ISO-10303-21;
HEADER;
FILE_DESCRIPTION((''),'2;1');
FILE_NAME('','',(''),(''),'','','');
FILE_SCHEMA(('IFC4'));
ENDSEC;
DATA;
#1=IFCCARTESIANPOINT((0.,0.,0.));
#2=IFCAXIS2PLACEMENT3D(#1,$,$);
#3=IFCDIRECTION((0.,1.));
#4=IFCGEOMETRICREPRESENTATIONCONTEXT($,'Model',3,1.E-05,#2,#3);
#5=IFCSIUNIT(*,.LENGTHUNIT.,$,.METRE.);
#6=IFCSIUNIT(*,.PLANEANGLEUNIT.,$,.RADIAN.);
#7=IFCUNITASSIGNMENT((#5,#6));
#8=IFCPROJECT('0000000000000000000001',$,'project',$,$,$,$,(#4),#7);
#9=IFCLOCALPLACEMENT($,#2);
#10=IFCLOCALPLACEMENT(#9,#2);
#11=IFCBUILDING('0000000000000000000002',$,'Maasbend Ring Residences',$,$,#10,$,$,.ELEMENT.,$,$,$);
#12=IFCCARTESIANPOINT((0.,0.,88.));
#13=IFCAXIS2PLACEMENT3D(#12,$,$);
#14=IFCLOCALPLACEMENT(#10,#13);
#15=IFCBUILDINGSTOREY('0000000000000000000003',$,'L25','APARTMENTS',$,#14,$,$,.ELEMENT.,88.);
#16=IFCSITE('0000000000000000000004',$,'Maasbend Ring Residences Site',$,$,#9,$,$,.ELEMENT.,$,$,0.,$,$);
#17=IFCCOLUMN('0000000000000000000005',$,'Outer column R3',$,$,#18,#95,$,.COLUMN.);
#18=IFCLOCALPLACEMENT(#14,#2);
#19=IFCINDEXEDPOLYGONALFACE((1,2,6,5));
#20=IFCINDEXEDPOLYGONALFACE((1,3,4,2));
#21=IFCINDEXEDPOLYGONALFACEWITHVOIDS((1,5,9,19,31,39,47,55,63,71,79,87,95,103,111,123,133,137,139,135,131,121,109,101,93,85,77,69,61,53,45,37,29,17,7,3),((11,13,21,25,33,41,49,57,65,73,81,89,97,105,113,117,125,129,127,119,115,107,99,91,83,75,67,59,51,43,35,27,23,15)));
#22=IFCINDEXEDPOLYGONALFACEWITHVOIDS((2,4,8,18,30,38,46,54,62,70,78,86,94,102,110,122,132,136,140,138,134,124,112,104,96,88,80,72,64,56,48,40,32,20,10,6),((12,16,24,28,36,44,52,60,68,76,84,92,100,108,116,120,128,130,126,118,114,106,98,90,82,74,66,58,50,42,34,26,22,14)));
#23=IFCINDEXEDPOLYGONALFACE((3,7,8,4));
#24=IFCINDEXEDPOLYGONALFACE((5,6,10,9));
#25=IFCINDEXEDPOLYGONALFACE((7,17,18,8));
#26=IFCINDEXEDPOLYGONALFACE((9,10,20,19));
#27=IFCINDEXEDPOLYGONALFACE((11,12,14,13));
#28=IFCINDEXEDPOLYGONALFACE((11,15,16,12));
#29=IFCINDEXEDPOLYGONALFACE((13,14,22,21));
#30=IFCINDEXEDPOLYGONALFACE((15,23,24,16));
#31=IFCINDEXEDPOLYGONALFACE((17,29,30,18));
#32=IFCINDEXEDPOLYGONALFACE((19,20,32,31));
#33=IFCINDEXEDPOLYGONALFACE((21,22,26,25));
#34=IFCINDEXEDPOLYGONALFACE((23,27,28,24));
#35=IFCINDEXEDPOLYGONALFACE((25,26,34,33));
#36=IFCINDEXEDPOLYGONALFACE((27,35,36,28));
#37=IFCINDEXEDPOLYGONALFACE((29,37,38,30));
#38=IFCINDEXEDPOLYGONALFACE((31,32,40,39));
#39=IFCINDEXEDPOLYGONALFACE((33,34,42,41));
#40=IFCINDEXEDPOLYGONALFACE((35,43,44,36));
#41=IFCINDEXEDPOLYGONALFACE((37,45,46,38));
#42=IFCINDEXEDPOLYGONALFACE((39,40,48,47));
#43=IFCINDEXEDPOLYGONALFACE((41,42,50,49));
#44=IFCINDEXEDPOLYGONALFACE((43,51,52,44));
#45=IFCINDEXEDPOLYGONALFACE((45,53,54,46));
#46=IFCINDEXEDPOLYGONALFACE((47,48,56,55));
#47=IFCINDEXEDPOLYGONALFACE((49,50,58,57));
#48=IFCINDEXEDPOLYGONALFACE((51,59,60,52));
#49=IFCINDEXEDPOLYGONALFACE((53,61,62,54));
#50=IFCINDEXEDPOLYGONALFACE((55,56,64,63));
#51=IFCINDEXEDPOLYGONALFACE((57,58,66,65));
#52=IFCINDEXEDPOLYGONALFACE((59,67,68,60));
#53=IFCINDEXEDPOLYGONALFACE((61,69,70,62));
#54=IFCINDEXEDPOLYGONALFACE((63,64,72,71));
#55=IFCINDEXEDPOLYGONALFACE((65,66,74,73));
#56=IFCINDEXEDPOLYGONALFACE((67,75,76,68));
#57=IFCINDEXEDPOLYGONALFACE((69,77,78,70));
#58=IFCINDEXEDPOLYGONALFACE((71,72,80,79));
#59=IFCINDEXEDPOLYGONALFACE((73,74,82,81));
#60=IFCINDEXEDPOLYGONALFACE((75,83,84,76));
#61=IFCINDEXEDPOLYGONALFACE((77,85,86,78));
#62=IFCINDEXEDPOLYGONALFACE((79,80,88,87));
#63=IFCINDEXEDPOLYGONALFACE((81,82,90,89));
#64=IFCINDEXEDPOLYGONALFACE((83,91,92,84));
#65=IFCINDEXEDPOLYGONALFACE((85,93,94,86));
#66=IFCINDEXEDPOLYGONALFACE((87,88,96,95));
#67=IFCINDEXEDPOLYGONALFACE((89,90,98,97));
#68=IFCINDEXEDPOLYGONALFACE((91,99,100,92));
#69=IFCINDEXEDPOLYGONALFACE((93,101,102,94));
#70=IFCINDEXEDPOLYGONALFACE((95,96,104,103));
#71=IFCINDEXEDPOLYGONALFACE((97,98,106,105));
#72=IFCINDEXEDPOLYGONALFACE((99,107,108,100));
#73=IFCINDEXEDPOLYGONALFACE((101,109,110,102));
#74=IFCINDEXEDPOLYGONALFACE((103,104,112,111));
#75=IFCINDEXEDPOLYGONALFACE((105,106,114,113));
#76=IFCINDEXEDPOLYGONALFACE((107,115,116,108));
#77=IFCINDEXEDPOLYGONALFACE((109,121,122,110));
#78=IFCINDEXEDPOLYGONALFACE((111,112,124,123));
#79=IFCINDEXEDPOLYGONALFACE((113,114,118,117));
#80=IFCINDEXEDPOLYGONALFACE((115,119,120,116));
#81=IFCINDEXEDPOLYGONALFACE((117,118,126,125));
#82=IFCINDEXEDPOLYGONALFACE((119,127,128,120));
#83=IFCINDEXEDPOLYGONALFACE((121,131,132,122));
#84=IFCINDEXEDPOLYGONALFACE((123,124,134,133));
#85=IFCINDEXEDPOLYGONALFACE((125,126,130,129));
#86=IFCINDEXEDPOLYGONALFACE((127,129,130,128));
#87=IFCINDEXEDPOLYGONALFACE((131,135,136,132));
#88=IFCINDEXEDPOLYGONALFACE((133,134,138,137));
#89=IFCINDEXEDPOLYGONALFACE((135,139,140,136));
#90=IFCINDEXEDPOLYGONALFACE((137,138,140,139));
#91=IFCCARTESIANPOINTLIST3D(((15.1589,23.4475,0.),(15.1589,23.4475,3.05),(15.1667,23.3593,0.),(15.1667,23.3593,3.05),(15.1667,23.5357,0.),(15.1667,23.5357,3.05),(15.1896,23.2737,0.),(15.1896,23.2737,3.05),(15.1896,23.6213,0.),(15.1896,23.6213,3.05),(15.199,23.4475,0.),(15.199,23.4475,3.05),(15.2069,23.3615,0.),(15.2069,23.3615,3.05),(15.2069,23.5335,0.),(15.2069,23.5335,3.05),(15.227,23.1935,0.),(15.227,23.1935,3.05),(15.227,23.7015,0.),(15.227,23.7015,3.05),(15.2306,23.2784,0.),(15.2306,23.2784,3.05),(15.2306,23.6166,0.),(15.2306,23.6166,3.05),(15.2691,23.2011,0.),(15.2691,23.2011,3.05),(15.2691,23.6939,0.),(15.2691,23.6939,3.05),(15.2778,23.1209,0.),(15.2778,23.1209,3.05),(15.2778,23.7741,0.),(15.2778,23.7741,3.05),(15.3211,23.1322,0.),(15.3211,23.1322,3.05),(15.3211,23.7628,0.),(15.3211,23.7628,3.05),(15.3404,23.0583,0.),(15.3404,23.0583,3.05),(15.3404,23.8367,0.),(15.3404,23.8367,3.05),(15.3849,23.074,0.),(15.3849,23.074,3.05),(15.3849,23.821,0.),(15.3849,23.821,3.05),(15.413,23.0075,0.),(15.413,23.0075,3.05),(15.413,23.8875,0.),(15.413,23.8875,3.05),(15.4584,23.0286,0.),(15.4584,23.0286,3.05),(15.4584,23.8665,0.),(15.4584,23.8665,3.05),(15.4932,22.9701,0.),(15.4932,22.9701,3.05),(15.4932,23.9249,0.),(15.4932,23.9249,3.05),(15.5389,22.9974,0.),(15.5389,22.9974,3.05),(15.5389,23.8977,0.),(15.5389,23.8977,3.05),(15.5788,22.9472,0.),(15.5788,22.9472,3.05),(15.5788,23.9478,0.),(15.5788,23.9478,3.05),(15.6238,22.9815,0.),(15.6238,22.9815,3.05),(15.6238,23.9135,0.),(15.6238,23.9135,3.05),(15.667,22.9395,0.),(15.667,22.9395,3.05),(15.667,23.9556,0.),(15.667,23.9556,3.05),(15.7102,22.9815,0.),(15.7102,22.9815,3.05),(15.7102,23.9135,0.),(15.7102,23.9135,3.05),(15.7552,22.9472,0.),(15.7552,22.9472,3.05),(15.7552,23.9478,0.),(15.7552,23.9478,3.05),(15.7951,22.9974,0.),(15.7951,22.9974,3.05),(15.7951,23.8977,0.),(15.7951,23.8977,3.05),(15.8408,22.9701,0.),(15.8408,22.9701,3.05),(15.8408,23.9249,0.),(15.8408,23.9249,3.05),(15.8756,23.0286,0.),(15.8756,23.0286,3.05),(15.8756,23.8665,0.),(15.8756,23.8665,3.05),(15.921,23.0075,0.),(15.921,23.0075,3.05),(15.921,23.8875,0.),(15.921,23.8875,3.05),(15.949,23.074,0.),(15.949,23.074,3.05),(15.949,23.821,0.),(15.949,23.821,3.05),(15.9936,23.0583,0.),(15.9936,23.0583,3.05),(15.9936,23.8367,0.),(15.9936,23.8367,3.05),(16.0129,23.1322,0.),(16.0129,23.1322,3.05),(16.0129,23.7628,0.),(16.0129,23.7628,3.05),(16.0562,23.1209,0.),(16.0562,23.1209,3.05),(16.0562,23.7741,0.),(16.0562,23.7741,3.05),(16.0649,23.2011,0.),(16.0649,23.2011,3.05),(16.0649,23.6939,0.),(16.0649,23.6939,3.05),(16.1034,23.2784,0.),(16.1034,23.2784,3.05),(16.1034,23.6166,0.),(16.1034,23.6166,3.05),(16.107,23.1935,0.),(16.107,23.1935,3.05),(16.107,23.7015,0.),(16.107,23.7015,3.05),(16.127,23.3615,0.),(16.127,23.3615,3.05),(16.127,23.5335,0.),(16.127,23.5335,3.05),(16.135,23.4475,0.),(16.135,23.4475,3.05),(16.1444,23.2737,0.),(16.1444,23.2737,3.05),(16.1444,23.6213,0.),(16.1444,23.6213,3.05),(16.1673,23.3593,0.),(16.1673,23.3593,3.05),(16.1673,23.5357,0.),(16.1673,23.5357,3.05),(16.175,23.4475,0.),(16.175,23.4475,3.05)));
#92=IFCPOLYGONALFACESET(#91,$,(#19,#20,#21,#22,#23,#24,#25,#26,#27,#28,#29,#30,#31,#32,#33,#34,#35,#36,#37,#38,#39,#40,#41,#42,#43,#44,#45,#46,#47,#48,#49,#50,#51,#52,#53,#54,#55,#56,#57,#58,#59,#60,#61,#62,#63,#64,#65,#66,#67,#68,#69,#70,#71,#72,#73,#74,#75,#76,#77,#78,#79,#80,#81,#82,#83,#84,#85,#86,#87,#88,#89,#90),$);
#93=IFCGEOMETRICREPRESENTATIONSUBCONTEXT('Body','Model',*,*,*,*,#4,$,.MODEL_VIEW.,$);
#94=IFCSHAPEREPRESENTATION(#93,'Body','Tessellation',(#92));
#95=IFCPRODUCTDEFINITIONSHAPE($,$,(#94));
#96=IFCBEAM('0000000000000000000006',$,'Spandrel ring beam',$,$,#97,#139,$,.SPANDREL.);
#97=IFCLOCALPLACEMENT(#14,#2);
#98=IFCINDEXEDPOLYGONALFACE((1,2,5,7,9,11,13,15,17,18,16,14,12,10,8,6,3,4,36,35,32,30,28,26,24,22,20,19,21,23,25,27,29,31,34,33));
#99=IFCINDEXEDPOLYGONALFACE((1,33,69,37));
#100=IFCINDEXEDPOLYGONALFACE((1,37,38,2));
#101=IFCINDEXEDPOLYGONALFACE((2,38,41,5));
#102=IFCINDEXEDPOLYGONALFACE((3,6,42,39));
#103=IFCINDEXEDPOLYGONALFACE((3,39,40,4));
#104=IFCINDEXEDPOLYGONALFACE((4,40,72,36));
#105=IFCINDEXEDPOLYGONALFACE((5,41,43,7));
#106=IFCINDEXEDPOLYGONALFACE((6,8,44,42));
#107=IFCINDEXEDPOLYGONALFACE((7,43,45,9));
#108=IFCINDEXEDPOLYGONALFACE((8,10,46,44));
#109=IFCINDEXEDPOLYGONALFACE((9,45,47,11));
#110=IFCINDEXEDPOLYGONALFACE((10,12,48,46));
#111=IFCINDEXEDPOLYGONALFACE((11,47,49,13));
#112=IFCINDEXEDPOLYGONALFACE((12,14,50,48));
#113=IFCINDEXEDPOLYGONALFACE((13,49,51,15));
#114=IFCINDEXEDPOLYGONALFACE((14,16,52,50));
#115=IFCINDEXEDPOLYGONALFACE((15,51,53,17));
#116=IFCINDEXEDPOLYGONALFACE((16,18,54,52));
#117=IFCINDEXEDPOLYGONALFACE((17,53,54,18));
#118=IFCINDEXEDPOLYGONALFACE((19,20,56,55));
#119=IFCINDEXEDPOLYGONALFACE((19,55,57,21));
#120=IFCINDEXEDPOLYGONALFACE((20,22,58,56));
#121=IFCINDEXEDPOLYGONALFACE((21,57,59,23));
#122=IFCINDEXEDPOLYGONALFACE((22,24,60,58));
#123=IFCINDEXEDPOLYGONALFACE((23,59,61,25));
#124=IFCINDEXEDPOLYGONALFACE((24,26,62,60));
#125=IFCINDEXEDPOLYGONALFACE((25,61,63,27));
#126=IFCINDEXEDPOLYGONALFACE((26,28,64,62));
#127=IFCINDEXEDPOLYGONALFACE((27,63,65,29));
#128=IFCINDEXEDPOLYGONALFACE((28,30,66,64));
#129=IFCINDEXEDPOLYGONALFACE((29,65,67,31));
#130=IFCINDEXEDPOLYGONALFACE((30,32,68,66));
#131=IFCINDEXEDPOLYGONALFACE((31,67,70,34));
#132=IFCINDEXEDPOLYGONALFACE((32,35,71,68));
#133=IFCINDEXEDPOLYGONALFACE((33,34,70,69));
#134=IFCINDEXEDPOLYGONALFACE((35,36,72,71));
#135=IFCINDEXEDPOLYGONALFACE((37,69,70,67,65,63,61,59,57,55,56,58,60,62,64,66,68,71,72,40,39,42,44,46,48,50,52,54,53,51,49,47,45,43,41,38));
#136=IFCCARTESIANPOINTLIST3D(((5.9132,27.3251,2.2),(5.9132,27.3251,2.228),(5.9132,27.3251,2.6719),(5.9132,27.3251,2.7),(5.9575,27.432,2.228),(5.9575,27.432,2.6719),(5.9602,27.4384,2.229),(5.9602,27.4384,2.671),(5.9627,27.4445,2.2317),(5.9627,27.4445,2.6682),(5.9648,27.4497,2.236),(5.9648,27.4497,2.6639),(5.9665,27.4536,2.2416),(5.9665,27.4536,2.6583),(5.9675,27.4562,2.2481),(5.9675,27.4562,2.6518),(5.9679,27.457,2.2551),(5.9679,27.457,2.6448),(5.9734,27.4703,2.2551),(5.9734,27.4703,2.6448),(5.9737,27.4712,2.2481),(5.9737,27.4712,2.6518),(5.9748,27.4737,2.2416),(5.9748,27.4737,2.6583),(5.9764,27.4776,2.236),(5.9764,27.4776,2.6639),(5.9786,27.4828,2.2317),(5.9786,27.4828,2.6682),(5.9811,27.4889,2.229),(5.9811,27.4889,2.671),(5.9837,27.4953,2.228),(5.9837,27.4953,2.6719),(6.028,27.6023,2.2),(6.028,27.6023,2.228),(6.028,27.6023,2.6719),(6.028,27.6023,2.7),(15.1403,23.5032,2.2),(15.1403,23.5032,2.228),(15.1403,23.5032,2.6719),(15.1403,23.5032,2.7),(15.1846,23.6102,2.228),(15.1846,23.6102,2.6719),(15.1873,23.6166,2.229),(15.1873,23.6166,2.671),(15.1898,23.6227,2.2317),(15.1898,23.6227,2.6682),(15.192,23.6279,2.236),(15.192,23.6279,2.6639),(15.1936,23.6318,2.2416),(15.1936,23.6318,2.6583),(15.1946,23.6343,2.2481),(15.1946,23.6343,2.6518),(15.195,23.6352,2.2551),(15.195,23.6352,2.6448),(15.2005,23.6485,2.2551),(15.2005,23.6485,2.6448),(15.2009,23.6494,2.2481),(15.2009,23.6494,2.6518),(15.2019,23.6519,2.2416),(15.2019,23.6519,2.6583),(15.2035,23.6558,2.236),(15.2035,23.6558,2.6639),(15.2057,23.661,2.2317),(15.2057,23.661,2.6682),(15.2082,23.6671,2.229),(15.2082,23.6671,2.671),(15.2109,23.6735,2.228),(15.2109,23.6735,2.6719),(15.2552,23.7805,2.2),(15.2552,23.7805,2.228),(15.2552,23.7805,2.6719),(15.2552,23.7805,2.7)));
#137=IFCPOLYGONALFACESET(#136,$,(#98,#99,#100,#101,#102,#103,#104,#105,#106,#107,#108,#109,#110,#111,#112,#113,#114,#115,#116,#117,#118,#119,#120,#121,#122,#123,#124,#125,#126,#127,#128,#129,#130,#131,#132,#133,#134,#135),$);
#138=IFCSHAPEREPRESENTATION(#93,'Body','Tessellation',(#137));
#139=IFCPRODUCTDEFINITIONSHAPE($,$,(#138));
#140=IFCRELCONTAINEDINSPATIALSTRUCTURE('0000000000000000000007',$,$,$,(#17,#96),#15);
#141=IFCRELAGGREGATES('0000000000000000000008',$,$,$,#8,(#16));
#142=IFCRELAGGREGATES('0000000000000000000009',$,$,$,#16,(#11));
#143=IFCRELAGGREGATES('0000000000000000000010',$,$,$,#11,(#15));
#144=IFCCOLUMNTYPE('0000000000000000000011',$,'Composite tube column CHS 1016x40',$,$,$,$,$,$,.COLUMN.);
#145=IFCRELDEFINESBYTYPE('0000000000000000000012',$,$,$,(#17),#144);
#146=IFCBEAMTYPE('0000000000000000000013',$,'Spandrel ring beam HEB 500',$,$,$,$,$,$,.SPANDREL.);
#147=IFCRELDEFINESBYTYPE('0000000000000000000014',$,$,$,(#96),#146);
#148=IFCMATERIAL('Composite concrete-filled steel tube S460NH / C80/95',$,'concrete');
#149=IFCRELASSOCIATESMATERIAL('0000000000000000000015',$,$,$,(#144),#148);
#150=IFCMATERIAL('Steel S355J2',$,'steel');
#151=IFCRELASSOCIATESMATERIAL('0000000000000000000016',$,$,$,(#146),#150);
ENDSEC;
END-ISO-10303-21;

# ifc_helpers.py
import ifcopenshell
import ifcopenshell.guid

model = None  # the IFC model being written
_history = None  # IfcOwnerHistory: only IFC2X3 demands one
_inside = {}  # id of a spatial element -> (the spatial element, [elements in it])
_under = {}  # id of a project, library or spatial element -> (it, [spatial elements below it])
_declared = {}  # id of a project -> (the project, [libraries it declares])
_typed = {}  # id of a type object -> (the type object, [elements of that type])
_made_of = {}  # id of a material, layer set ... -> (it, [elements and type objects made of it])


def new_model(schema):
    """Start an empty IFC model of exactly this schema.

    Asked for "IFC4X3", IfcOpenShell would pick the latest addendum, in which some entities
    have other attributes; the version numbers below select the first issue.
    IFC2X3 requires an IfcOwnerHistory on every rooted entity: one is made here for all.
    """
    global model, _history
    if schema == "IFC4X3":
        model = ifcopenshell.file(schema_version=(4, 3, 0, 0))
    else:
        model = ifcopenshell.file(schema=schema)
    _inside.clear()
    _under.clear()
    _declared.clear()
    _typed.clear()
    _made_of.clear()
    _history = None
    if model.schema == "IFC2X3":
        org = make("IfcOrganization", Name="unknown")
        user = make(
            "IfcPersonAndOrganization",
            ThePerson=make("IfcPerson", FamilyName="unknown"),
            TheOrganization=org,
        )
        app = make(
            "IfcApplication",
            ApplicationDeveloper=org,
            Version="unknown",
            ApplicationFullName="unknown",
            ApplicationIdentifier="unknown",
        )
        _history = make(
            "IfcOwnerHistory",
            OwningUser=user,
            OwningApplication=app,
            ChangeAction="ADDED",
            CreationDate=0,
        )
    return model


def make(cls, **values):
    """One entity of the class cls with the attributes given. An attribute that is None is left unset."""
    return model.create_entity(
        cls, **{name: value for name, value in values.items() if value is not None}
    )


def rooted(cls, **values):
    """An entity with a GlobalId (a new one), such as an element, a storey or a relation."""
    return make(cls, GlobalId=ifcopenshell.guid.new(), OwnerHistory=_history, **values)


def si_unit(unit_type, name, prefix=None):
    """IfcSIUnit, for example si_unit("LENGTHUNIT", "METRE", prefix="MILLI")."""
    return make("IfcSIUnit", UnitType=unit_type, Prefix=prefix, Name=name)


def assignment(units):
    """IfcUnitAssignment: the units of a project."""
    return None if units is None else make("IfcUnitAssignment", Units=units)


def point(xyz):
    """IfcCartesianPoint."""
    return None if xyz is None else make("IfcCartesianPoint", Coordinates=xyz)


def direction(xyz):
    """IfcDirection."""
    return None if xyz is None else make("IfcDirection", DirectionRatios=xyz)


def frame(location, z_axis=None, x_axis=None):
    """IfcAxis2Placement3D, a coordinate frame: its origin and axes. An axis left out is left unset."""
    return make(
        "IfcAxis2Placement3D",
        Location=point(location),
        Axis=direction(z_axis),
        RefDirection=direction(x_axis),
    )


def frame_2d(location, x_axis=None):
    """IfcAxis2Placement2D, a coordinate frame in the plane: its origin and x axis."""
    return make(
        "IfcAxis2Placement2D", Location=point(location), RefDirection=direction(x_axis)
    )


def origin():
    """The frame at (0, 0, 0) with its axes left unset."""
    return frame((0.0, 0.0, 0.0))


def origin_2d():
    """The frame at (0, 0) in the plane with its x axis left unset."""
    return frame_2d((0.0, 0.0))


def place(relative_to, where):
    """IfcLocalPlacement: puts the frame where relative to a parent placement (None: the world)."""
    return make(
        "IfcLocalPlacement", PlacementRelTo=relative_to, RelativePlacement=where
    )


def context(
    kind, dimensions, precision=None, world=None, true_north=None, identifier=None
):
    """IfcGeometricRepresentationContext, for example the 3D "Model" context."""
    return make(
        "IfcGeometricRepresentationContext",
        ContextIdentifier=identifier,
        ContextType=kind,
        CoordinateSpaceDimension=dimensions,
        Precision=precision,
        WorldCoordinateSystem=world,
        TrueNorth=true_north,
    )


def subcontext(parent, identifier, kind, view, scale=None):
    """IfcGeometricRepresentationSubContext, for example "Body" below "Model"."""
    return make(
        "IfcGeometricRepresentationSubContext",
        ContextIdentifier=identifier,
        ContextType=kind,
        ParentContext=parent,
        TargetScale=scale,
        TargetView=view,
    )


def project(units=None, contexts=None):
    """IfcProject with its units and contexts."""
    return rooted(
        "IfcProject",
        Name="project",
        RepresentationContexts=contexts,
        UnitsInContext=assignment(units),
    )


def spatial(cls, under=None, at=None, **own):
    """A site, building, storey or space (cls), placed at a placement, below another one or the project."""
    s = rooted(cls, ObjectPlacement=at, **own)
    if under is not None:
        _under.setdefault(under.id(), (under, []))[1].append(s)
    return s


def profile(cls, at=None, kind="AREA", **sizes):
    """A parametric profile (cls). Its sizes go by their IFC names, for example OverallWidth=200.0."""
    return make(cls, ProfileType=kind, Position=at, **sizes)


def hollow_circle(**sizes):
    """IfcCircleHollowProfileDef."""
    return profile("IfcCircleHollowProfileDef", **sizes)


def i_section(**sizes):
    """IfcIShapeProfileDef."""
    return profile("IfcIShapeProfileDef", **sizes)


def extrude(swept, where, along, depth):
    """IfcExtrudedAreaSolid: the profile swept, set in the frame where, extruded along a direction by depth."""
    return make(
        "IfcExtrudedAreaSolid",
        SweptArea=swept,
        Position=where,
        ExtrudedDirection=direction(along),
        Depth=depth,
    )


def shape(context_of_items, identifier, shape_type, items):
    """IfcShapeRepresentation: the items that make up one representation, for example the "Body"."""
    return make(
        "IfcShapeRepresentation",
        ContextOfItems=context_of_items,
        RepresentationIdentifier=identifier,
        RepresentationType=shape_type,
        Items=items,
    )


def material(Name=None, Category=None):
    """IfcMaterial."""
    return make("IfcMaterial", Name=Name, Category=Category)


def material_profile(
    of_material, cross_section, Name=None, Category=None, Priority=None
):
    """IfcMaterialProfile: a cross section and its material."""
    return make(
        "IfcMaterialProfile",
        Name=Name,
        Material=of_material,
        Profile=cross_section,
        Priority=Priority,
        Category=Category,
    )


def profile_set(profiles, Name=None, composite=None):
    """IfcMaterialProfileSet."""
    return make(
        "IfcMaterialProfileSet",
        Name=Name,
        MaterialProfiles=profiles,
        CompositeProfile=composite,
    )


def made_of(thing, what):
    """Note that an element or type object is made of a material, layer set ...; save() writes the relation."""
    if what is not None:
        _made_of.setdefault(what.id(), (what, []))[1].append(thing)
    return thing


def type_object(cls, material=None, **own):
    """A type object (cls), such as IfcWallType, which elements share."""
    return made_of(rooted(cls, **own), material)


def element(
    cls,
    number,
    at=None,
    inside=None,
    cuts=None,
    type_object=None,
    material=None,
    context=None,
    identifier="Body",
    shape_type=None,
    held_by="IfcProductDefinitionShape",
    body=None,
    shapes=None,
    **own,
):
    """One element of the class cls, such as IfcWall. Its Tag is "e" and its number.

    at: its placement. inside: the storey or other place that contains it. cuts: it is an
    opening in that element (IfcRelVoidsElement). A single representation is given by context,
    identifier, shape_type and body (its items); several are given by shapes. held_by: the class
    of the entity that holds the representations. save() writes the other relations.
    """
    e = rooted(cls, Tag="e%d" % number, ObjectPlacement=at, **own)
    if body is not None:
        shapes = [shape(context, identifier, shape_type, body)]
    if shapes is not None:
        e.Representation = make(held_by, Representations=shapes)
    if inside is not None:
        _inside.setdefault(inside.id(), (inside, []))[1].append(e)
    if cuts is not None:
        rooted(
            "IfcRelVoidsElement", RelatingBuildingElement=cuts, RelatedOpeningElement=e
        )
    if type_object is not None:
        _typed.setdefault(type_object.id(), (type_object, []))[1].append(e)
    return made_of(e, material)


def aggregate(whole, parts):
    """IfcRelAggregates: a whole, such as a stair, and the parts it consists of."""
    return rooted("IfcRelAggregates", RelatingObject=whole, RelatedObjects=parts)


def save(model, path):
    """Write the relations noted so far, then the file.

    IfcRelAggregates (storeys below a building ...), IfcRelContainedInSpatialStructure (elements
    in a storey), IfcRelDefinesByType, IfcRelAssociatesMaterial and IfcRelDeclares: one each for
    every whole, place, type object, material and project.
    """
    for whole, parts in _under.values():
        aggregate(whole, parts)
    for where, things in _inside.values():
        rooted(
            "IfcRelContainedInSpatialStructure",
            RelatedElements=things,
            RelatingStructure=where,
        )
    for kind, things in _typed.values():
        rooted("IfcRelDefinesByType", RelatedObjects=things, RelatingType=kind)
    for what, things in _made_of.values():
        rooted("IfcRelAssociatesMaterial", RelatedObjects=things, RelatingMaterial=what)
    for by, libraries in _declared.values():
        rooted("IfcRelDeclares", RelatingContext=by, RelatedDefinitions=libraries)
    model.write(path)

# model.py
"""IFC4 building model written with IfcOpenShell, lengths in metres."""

from ifc_helpers import new_model, si_unit, direction, frame, origin, origin_2d, place, context, subcontext, project, spatial, hollow_circle, i_section, extrude, material, material_profile, profile_set, type_object, element, save


model = new_model("IFC4")

# Units and contexts
model_context = context("Model", 3, precision=1e-05, world=origin(), true_north=direction((0.0, 1.0)))
body_context = subcontext(model_context, "Body", "Model", "MODEL_VIEW")
ifc_project = project(units=[si_unit("LENGTHUNIT", "METRE"), si_unit("PLANEANGLEUNIT", "RADIAN")], contexts=[model_context])

# Site, building, storey
site_placement = place(None, origin())
site = spatial("IfcSite", under=ifc_project, at=site_placement, Name="Maasbend Ring Residences Site", CompositionType="ELEMENT", RefElevation=0.0)
building_placement = place(site_placement, origin())
building = spatial("IfcBuilding", under=site, at=building_placement, Name="Maasbend Ring Residences", CompositionType="ELEMENT")
storey_placement = place(building_placement, frame((0.0, 0.0, 88.0)))
storey = spatial("IfcBuildingStorey", under=building, at=storey_placement, Name="L25", Description="APARTMENTS", CompositionType="ELEMENT", Elevation=88.0)

# Column
ifc_material_1 = material(Name="Composite concrete-filled steel tube S460NH / C80/95", Category="concrete")
ifc_material_profile_1 = material_profile(ifc_material_1, hollow_circle(Radius=0.5081, WallThickness=0.04, at=origin_2d()), Name="Composite tube column CHS 1016x40")
ifc_profile_set_1 = profile_set([ifc_material_profile_1], Name="Composite concrete-filled steel tube S460NH / C80/95")
column_type = type_object("IfcColumnType", Name="Composite tube column CHS 1016x40", PredefinedType="COLUMN", material=ifc_profile_set_1)
column_placement = place(storey_placement, frame((15.667, 23.4475, 0.0), z_axis=(0.0, 0.0, 1.0), x_axis=(1.0, 0.0, 0.0)))
element("IfcColumn", 1, at=column_placement, inside=storey, type_object=column_type, Name="Outer column R3", PredefinedType="COLUMN", context=body_context, shape_type="SweptSolid", body=[
    extrude(hollow_circle(Radius=0.5081, WallThickness=0.04, at=origin_2d()), origin(), (0.0, 0.0, 1.0), 3.05),
])

# Beam
ifc_material_2 = material(Name="Steel S355J2", Category="steel")
ifc_material_profile_2 = material_profile(ifc_material_2, i_section(OverallWidth=0.3, OverallDepth=0.5, WebThickness=0.0144, FlangeThickness=0.0281, FilletRadius=0.0271, at=origin_2d()), Name="HEB 500")
ifc_profile_set_2 = profile_set([ifc_material_profile_2], Name="Steel S355J2")
beam_type = type_object("IfcBeamType", Name="Spandrel ring beam HEB 500", PredefinedType="SPANDREL", material=ifc_profile_set_2)
beam_placement = place(storey_placement, frame((15.1978, 23.6418, 2.45), z_axis=(-0.923886, 0.382667, 0.0), x_axis=(-0.382667, -0.923886, 0.0)))
element("IfcBeam", 2, at=beam_placement, inside=storey, type_object=beam_type, Name="Spandrel ring beam", PredefinedType="SPANDREL", context=body_context, shape_type="SweptSolid", body=[
    extrude(i_section(OverallWidth=0.3, OverallDepth=0.5, WebThickness=0.0144, FlangeThickness=0.0281, FilletRadius=0.0271, at=origin_2d()), origin(), (0.0, 0.0, 1.0), 9.9873),
])

save(model, "model.ifc")
